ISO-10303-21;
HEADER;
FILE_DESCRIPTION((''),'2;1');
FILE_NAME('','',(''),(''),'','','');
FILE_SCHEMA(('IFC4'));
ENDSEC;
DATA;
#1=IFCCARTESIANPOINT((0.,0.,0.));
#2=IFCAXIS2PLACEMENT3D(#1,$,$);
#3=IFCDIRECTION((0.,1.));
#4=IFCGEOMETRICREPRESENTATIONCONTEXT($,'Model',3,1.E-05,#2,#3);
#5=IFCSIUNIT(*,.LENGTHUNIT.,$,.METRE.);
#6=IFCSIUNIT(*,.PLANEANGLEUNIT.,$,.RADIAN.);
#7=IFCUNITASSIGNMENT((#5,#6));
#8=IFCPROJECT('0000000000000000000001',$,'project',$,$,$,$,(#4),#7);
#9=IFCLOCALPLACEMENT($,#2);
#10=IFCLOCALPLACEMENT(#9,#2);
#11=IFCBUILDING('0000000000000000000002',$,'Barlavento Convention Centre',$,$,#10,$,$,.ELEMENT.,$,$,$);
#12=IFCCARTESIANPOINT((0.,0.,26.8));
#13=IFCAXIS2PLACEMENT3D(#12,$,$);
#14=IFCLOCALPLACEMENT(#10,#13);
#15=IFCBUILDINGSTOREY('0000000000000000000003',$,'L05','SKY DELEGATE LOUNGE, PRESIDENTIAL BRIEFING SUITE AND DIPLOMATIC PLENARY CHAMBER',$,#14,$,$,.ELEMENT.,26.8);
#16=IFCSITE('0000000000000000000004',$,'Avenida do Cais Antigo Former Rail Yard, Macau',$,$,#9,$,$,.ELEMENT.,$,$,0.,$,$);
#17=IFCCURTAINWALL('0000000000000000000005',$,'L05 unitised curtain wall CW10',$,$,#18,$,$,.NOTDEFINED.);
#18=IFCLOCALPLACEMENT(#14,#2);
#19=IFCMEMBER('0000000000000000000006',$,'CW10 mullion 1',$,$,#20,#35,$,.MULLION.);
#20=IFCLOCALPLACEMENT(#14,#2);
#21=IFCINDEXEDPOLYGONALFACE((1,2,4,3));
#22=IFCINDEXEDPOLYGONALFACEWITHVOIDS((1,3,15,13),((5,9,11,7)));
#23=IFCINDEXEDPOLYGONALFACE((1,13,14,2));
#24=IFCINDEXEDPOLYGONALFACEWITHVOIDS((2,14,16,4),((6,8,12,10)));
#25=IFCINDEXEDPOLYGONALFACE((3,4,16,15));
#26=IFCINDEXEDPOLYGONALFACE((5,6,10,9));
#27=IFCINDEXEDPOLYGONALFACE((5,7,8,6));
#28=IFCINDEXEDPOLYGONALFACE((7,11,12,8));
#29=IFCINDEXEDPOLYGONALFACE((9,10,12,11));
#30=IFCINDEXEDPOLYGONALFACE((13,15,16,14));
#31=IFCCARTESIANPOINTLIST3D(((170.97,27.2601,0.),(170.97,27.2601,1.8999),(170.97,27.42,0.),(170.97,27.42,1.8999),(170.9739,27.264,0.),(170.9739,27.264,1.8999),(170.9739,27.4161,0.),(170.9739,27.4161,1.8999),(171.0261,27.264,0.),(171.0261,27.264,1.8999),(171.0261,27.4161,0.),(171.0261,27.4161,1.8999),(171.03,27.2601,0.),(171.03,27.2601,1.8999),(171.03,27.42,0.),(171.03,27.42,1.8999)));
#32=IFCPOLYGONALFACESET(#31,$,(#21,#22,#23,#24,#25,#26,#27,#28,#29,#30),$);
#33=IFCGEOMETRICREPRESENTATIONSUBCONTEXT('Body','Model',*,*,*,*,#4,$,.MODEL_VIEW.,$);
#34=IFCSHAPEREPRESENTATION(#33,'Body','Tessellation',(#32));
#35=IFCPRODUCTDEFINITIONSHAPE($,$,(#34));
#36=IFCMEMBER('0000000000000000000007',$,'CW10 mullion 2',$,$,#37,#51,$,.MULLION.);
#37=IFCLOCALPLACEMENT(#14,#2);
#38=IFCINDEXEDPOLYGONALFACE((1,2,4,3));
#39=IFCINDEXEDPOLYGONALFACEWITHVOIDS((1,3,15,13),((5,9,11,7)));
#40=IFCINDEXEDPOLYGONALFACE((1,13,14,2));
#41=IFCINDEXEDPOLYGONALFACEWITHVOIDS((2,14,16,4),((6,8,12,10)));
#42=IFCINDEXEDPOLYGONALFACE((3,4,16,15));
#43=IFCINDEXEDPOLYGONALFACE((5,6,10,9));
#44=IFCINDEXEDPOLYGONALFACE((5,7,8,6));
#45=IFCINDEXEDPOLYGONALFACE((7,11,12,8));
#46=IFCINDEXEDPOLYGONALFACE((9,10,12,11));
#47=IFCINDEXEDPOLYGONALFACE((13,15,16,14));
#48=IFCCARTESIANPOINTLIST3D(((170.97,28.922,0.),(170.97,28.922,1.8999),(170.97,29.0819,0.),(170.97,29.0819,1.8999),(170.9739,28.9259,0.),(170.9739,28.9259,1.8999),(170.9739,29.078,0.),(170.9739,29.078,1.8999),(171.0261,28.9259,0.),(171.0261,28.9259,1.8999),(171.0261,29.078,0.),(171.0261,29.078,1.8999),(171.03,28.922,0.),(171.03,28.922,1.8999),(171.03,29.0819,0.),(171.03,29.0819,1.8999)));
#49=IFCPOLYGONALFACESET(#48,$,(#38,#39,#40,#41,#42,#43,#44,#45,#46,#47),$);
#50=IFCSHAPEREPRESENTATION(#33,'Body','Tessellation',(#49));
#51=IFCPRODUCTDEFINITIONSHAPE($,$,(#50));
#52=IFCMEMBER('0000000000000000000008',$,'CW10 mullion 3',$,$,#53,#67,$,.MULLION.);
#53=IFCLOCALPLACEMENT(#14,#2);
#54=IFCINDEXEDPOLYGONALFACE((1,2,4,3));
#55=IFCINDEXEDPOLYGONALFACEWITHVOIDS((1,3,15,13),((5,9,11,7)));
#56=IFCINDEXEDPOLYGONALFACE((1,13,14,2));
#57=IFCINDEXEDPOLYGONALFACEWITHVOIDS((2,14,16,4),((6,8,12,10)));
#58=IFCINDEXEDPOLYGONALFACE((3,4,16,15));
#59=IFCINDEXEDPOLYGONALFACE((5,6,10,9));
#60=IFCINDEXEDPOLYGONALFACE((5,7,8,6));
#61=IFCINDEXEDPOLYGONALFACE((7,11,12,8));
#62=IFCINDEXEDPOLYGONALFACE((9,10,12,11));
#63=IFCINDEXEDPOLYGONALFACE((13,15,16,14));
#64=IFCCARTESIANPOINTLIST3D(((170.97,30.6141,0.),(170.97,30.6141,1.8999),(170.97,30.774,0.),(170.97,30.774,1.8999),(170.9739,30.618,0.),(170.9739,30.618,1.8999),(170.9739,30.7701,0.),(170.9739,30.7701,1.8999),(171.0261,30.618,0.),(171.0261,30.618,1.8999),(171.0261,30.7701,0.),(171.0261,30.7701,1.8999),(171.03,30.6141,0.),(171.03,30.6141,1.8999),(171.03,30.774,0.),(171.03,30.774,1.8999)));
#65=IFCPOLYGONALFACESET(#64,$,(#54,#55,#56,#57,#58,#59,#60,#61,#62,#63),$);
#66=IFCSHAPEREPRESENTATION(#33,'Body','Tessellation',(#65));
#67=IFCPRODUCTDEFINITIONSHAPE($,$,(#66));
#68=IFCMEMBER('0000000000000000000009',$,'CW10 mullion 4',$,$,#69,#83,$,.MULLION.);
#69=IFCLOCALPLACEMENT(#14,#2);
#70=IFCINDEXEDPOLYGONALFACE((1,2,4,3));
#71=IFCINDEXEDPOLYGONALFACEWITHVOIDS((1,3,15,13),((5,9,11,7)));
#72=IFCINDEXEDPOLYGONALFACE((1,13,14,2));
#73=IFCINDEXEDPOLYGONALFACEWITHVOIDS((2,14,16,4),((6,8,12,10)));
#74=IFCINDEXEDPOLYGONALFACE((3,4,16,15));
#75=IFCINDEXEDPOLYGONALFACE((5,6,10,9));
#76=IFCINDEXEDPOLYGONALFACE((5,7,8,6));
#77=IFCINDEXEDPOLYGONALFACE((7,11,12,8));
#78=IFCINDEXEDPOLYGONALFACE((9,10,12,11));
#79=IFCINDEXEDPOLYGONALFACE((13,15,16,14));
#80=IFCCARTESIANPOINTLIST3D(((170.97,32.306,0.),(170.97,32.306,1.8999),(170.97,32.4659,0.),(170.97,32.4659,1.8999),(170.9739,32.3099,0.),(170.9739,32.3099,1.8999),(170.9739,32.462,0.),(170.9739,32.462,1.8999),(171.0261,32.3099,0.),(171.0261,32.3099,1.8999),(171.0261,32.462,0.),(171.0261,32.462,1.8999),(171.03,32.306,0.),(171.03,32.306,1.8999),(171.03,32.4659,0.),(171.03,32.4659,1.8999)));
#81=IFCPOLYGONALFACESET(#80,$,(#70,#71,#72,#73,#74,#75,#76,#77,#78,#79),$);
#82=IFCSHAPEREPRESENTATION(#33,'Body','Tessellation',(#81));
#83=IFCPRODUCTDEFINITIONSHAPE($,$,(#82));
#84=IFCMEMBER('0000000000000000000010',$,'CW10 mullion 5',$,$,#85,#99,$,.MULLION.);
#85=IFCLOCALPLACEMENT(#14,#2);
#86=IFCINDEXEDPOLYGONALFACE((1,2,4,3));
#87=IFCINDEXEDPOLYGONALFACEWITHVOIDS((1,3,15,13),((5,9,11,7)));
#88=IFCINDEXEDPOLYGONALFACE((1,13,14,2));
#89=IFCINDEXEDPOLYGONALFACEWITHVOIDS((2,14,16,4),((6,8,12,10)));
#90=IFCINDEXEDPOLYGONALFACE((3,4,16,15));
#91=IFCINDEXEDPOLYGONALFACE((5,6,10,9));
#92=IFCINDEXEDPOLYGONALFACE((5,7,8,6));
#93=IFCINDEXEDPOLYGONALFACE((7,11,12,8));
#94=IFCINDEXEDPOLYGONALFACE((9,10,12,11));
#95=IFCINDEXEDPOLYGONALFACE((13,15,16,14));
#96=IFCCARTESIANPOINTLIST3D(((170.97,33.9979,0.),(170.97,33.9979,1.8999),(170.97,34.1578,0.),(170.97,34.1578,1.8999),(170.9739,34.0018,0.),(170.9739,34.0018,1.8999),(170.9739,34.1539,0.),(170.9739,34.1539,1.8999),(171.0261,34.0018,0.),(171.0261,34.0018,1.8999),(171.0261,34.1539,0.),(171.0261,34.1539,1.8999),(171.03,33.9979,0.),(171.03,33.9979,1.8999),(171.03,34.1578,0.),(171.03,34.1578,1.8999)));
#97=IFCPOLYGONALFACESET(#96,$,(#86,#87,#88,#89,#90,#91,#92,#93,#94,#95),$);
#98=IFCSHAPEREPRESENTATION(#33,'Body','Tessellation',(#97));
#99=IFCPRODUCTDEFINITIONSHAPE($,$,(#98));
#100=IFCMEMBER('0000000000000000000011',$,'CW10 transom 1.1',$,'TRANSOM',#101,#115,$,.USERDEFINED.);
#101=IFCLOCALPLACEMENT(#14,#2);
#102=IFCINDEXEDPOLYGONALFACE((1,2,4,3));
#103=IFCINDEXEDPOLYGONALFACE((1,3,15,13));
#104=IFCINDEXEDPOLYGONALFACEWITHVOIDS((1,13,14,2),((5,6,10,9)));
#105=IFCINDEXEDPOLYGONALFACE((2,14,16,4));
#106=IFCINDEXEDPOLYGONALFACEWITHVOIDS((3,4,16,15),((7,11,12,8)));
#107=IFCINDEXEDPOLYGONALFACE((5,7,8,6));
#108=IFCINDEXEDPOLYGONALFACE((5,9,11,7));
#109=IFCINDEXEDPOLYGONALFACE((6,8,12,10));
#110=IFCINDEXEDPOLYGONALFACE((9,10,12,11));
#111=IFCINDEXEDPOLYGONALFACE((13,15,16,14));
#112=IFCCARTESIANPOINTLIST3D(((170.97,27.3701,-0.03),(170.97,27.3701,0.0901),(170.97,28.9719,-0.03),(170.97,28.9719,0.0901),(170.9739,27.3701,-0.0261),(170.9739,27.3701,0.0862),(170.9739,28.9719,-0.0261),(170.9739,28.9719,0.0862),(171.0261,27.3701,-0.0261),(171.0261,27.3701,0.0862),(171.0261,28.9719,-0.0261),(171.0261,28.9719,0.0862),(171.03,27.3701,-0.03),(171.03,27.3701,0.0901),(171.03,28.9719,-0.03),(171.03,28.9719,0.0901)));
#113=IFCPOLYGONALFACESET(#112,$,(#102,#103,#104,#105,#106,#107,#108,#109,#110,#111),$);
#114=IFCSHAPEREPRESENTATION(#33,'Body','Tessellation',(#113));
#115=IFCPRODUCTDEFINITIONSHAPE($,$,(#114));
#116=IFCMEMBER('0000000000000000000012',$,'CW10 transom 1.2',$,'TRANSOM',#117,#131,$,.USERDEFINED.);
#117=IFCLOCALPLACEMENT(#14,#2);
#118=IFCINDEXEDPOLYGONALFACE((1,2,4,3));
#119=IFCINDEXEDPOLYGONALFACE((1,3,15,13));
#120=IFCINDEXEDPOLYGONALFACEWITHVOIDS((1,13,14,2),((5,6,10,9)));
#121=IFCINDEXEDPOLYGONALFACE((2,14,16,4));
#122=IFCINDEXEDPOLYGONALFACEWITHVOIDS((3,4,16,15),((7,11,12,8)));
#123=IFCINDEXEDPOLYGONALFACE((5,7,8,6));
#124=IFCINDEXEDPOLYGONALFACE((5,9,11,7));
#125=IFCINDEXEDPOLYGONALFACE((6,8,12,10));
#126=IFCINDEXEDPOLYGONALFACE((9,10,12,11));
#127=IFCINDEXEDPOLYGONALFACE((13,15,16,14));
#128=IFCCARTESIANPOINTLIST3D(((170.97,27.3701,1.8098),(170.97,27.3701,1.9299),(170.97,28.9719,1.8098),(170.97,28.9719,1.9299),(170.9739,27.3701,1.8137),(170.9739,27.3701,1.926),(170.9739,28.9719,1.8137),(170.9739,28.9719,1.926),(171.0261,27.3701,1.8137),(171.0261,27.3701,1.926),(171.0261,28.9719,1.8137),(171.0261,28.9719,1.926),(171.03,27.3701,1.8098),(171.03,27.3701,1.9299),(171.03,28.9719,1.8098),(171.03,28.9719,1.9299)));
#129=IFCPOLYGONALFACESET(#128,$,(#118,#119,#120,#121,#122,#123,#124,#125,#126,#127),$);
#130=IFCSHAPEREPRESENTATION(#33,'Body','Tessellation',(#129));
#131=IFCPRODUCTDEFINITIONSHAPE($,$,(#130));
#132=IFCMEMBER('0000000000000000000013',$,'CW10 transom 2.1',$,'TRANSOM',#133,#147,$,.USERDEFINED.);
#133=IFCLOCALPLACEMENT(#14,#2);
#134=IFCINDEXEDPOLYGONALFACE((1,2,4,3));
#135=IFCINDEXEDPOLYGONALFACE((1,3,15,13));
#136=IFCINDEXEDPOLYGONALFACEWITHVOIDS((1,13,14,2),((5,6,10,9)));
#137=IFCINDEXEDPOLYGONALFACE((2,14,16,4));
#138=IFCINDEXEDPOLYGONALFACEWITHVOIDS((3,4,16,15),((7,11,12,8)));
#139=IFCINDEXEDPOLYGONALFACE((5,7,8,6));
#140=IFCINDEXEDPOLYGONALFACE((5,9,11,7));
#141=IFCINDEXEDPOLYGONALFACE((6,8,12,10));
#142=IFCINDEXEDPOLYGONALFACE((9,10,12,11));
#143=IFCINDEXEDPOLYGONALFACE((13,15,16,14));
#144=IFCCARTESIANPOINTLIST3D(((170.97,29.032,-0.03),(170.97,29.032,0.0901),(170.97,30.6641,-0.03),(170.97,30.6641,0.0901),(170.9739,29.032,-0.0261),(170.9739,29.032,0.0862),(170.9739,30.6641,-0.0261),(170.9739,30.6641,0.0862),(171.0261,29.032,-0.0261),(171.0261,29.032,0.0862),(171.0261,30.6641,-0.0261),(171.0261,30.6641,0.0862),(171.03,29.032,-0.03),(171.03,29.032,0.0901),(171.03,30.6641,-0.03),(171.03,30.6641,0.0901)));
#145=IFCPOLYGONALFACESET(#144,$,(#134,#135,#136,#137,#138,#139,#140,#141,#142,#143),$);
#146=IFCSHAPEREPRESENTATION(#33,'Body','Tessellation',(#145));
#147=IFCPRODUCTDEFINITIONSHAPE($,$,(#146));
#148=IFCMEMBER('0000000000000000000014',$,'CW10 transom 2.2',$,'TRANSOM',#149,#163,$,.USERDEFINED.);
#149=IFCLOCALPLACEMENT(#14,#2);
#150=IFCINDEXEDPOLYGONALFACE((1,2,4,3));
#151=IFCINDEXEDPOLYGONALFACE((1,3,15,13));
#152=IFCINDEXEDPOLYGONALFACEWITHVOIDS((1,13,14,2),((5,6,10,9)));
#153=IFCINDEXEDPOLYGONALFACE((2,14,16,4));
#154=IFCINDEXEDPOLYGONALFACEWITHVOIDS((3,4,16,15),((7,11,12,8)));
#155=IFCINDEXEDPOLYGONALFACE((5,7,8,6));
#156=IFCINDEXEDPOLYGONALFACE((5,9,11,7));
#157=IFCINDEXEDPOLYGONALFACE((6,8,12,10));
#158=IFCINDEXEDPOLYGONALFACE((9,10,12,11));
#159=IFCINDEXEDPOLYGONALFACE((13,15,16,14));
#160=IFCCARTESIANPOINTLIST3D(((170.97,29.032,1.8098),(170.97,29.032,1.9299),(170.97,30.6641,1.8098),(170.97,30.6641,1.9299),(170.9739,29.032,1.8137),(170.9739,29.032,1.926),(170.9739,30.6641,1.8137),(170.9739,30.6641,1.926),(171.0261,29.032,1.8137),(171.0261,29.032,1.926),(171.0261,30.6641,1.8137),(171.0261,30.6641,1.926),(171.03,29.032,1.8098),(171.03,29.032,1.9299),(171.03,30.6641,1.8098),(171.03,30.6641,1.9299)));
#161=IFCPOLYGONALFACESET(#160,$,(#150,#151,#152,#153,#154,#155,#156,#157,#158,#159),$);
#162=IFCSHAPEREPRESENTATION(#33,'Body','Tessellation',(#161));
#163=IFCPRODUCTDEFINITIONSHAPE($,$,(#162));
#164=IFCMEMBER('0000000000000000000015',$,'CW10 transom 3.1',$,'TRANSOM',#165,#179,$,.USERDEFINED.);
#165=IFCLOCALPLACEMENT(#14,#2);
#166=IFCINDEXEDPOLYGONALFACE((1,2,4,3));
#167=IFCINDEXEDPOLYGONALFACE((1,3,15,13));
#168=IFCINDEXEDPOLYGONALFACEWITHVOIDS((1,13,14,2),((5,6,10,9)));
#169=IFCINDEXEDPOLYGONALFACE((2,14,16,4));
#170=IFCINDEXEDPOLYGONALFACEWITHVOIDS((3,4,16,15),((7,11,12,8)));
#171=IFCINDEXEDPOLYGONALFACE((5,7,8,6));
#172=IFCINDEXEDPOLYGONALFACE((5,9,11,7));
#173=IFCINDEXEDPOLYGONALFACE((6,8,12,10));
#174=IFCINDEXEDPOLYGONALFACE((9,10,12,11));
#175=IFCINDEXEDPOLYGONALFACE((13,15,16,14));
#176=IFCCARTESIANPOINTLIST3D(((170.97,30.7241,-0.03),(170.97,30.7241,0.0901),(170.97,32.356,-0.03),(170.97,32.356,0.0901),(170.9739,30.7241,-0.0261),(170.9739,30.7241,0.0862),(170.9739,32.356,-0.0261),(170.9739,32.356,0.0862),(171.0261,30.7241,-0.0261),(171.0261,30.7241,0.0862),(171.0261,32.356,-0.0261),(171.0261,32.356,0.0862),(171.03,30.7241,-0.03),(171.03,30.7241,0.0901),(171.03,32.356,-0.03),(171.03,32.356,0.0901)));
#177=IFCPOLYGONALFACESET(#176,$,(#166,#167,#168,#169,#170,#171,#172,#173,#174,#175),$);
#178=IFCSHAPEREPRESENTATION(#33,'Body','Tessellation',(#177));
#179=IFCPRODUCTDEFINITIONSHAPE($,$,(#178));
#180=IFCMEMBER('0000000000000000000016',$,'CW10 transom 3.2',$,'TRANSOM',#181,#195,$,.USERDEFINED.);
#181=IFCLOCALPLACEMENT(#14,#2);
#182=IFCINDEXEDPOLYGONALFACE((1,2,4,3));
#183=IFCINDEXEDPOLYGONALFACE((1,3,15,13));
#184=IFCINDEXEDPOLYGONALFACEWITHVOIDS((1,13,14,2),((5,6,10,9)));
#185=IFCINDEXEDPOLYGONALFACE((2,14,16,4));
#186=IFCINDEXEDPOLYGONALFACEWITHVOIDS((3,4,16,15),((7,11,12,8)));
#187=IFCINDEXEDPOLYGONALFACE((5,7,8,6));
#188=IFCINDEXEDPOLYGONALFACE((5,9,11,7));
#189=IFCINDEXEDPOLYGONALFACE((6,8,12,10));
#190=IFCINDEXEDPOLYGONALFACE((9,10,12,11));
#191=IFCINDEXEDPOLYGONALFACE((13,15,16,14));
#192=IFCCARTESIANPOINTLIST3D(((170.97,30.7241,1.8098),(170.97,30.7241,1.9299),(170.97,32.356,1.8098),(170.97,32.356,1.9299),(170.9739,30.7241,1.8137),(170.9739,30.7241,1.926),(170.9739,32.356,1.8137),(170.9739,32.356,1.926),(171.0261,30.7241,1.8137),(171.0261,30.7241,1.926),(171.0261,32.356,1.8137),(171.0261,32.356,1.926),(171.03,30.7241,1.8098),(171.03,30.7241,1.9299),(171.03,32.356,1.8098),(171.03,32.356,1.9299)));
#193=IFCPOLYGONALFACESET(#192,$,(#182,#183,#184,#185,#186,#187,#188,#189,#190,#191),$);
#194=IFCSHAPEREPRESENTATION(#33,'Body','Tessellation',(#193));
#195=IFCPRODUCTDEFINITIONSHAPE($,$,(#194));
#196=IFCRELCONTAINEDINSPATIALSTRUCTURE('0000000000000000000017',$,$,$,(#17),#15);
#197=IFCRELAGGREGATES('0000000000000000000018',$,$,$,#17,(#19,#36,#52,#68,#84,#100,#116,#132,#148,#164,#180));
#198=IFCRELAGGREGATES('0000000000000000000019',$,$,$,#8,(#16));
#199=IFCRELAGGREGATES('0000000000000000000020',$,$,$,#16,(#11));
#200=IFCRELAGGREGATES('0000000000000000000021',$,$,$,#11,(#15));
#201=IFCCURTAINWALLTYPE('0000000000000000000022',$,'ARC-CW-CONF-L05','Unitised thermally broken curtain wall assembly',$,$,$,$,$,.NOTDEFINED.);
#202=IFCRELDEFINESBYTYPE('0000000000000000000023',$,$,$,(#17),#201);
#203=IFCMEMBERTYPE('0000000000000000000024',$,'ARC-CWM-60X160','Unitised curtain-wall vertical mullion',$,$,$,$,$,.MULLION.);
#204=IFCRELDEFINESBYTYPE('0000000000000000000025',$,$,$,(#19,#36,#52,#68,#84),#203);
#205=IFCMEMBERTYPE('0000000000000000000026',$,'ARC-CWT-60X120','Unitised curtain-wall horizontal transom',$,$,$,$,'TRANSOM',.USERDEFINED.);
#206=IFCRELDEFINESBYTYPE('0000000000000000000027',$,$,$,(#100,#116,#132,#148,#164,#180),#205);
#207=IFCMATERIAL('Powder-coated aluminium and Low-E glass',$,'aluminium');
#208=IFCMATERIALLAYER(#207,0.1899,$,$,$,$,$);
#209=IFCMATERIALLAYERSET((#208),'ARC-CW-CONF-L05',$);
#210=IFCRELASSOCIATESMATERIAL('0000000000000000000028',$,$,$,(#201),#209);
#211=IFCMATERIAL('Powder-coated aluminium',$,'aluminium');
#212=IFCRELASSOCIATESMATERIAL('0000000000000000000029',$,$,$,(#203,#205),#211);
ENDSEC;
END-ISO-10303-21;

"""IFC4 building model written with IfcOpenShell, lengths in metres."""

from ifc_helpers import new_model, si_unit, direction, frame, origin, origin_2d, place, context, subcontext, project, spatial, hollow_rectangle, extrude, material, layer, layer_set, material_profile, profile_set, type_object, element, aggregate, save


model = new_model("IFC4")

# Units and contexts
model_context = context("Model", 3, precision=1e-05, world=origin(), true_north=direction((0.0, 1.0)))
body_context = subcontext(model_context, "Body", "Model", "MODEL_VIEW")
ifc_project = project(units=[si_unit("LENGTHUNIT", "METRE"), si_unit("PLANEANGLEUNIT", "RADIAN")], contexts=[model_context])

# Site, building, storey
site_placement = place(None, origin())
site = spatial("IfcSite", under=ifc_project, at=site_placement, Name="Avenida do Cais Antigo Former Rail Yard, Macau", CompositionType="ELEMENT", RefElevation=0.0)
building_placement = place(site_placement, origin())
building = spatial("IfcBuilding", under=site, at=building_placement, Name="Barlavento Convention Centre", CompositionType="ELEMENT")
storey_placement = place(building_placement, frame((0.0, 0.0, 26.8)))
storey = spatial("IfcBuildingStorey", under=building, at=storey_placement, Name="L05", Description="SKY DELEGATE LOUNGE, PRESIDENTIAL BRIEFING SUITE AND DIPLOMATIC PLENARY CHAMBER", CompositionType="ELEMENT", Elevation=26.8)

# Curtain wall, members
ifc_material_1 = material(Name="Powder-coated aluminium and Low-E glass", Category="aluminium")
ifc_layer_1 = layer(ifc_material_1, 0.1899)
ifc_layer_set_1 = layer_set([ifc_layer_1], Name="ARC-CW-CONF-L05")
curtain_wall_type = type_object("IfcCurtainWallType", Name="ARC-CW-CONF-L05", Description="Unitised thermally broken curtain wall assembly", PredefinedType="NOTDEFINED", material=ifc_layer_set_1)
curtain_wall_placement = place(storey_placement, origin())
curtain_wall = element("IfcCurtainWall", 1, at=curtain_wall_placement, inside=storey, type_object=curtain_wall_type, Name="L05 unitised curtain wall CW10", PredefinedType="NOTDEFINED")
ifc_material_2 = material(Name="Powder-coated aluminium", Category="aluminium")
ifc_material_profile_1 = material_profile(ifc_material_2, hollow_rectangle(XDim=0.0601, YDim=0.1599, WallThickness=0.0039, at=origin_2d()), Name="AL-MULL 60x160x4")
ifc_profile_set_1 = profile_set([ifc_material_profile_1], Name="Powder-coated aluminium")
member_type_1 = type_object("IfcMemberType", Name="ARC-CWM-60X160", Description="Unitised curtain-wall vertical mullion", PredefinedType="MULLION", material=ifc_profile_set_1)
member_1_placement = place(storey_placement, frame((171.0, 27.3401, 0.0), z_axis=(0.0, 0.0, 1.0), x_axis=(-1.0, 0.0, 0.0)))
member_1 = element("IfcMember", 2, at=member_1_placement, type_object=member_type_1, Name="CW10 mullion 1", PredefinedType="MULLION", context=body_context, shape_type="SweptSolid", body=[
    extrude(hollow_rectangle(XDim=0.0601, YDim=0.1599, WallThickness=0.0039, at=origin_2d()), origin(), (0.0, 0.0, 1.0), 1.8999),
])
member_2_placement = place(storey_placement, frame((171.0, 29.002, 0.0), z_axis=(0.0, 0.0, 1.0), x_axis=(-1.0, 0.0, 0.0)))
member_2 = element("IfcMember", 3, at=member_2_placement, type_object=member_type_1, Name="CW10 mullion 2", PredefinedType="MULLION", context=body_context, shape_type="SweptSolid", body=[
    extrude(hollow_rectangle(XDim=0.0601, YDim=0.1599, WallThickness=0.0039, at=origin_2d()), origin(), (0.0, 0.0, 1.0), 1.8999),
])
member_3_placement = place(storey_placement, frame((171.0, 30.6941, 0.0), z_axis=(0.0, 0.0, 1.0), x_axis=(-1.0, 0.0, 0.0)))
member_3 = element("IfcMember", 4, at=member_3_placement, type_object=member_type_1, Name="CW10 mullion 3", PredefinedType="MULLION", context=body_context, shape_type="SweptSolid", body=[
    extrude(hollow_rectangle(XDim=0.0601, YDim=0.1599, WallThickness=0.0039, at=origin_2d()), origin(), (0.0, 0.0, 1.0), 1.8999),
])
member_4_placement = place(storey_placement, frame((171.0, 32.386, 0.0), z_axis=(0.0, 0.0, 1.0), x_axis=(-1.0, 0.0, 0.0)))
member_4 = element("IfcMember", 5, at=member_4_placement, type_object=member_type_1, Name="CW10 mullion 4", PredefinedType="MULLION", context=body_context, shape_type="SweptSolid", body=[
    extrude(hollow_rectangle(XDim=0.0601, YDim=0.1599, WallThickness=0.0039, at=origin_2d()), origin(), (0.0, 0.0, 1.0), 1.8999),
])
member_5_placement = place(storey_placement, frame((171.0, 34.0779, 0.0), z_axis=(0.0, 0.0, 1.0), x_axis=(-1.0, 0.0, 0.0)))
member_5 = element("IfcMember", 6, at=member_5_placement, type_object=member_type_1, Name="CW10 mullion 5", PredefinedType="MULLION", context=body_context, shape_type="SweptSolid", body=[
    extrude(hollow_rectangle(XDim=0.0601, YDim=0.1599, WallThickness=0.0039, at=origin_2d()), origin(), (0.0, 0.0, 1.0), 1.8999),
])
ifc_material_profile_2 = material_profile(ifc_material_2, hollow_rectangle(XDim=0.0601, YDim=0.1201, WallThickness=0.0039, at=origin_2d()), Name="AL-TRAN 60x120x4")
ifc_profile_set_2 = profile_set([ifc_material_profile_2], Name="Powder-coated aluminium")
member_type_2 = type_object("IfcMemberType", Name="ARC-CWT-60X120", Description="Unitised curtain-wall horizontal transom", ElementType="TRANSOM", PredefinedType="USERDEFINED", material=ifc_profile_set_2)
member_6_placement = place(storey_placement, frame((171.0, 27.3701, 0.03), z_axis=(0.0, 1.0, 0.0), x_axis=(-1.0, 0.0, 0.0)))
member_6 = element("IfcMember", 7, at=member_6_placement, type_object=member_type_2, Name="CW10 transom 1.1", ObjectType="TRANSOM", PredefinedType="USERDEFINED", context=body_context, shape_type="SweptSolid", body=[
    extrude(hollow_rectangle(XDim=0.0601, YDim=0.1201, WallThickness=0.0039, at=origin_2d()), origin(), (0.0, 0.0, 1.0), 1.6018),
])
member_7_placement = place(storey_placement, frame((171.0, 27.3701, 1.8699), z_axis=(0.0, 1.0, 0.0), x_axis=(-1.0, 0.0, 0.0)))
member_7 = element("IfcMember", 8, at=member_7_placement, type_object=member_type_2, Name="CW10 transom 1.2", ObjectType="TRANSOM", PredefinedType="USERDEFINED", context=body_context, shape_type="SweptSolid", body=[
    extrude(hollow_rectangle(XDim=0.0601, YDim=0.1201, WallThickness=0.0039, at=origin_2d()), origin(), (0.0, 0.0, 1.0), 1.6018),
])
member_8_placement = place(storey_placement, frame((171.0, 29.032, 0.03), z_axis=(0.0, 1.0, 0.0), x_axis=(-1.0, 0.0, 0.0)))
member_8 = element("IfcMember", 9, at=member_8_placement, type_object=member_type_2, Name="CW10 transom 2.1", ObjectType="TRANSOM", PredefinedType="USERDEFINED", context=body_context, shape_type="SweptSolid", body=[
    extrude(hollow_rectangle(XDim=0.0601, YDim=0.1201, WallThickness=0.0039, at=origin_2d()), origin(), (0.0, 0.0, 1.0), 1.6321),
])
member_9_placement = place(storey_placement, frame((171.0, 29.032, 1.8699), z_axis=(0.0, 1.0, 0.0), x_axis=(-1.0, 0.0, 0.0)))
member_9 = element("IfcMember", 10, at=member_9_placement, type_object=member_type_2, Name="CW10 transom 2.2", ObjectType="TRANSOM", PredefinedType="USERDEFINED", context=body_context, shape_type="SweptSolid", body=[
    extrude(hollow_rectangle(XDim=0.0601, YDim=0.1201, WallThickness=0.0039, at=origin_2d()), origin(), (0.0, 0.0, 1.0), 1.6321),
])
member_10_placement = place(storey_placement, frame((171.0, 30.7241, 0.03), z_axis=(0.0, 1.0, 0.0), x_axis=(-1.0, 0.0, 0.0)))
member_10 = element("IfcMember", 11, at=member_10_placement, type_object=member_type_2, Name="CW10 transom 3.1", ObjectType="TRANSOM", PredefinedType="USERDEFINED", context=body_context, shape_type="SweptSolid", body=[
    extrude(hollow_rectangle(XDim=0.0601, YDim=0.1201, WallThickness=0.0039, at=origin_2d()), origin(), (0.0, 0.0, 1.0), 1.6318),
])
member_11_placement = place(storey_placement, frame((171.0, 30.7241, 1.8699), z_axis=(0.0, 1.0, 0.0), x_axis=(-1.0, 0.0, 0.0)))
member_11 = element("IfcMember", 12, at=member_11_placement, type_object=member_type_2, Name="CW10 transom 3.2", ObjectType="TRANSOM", PredefinedType="USERDEFINED", context=body_context, shape_type="SweptSolid", body=[
    extrude(hollow_rectangle(XDim=0.0601, YDim=0.1201, WallThickness=0.0039, at=origin_2d()), origin(), (0.0, 0.0, 1.0), 1.6318),
])

aggregate(curtain_wall, [member_1, member_2, member_3, member_4, member_5, member_6, member_7, member_8, member_9, member_10, member_11])

save(model, "model.ifc")
